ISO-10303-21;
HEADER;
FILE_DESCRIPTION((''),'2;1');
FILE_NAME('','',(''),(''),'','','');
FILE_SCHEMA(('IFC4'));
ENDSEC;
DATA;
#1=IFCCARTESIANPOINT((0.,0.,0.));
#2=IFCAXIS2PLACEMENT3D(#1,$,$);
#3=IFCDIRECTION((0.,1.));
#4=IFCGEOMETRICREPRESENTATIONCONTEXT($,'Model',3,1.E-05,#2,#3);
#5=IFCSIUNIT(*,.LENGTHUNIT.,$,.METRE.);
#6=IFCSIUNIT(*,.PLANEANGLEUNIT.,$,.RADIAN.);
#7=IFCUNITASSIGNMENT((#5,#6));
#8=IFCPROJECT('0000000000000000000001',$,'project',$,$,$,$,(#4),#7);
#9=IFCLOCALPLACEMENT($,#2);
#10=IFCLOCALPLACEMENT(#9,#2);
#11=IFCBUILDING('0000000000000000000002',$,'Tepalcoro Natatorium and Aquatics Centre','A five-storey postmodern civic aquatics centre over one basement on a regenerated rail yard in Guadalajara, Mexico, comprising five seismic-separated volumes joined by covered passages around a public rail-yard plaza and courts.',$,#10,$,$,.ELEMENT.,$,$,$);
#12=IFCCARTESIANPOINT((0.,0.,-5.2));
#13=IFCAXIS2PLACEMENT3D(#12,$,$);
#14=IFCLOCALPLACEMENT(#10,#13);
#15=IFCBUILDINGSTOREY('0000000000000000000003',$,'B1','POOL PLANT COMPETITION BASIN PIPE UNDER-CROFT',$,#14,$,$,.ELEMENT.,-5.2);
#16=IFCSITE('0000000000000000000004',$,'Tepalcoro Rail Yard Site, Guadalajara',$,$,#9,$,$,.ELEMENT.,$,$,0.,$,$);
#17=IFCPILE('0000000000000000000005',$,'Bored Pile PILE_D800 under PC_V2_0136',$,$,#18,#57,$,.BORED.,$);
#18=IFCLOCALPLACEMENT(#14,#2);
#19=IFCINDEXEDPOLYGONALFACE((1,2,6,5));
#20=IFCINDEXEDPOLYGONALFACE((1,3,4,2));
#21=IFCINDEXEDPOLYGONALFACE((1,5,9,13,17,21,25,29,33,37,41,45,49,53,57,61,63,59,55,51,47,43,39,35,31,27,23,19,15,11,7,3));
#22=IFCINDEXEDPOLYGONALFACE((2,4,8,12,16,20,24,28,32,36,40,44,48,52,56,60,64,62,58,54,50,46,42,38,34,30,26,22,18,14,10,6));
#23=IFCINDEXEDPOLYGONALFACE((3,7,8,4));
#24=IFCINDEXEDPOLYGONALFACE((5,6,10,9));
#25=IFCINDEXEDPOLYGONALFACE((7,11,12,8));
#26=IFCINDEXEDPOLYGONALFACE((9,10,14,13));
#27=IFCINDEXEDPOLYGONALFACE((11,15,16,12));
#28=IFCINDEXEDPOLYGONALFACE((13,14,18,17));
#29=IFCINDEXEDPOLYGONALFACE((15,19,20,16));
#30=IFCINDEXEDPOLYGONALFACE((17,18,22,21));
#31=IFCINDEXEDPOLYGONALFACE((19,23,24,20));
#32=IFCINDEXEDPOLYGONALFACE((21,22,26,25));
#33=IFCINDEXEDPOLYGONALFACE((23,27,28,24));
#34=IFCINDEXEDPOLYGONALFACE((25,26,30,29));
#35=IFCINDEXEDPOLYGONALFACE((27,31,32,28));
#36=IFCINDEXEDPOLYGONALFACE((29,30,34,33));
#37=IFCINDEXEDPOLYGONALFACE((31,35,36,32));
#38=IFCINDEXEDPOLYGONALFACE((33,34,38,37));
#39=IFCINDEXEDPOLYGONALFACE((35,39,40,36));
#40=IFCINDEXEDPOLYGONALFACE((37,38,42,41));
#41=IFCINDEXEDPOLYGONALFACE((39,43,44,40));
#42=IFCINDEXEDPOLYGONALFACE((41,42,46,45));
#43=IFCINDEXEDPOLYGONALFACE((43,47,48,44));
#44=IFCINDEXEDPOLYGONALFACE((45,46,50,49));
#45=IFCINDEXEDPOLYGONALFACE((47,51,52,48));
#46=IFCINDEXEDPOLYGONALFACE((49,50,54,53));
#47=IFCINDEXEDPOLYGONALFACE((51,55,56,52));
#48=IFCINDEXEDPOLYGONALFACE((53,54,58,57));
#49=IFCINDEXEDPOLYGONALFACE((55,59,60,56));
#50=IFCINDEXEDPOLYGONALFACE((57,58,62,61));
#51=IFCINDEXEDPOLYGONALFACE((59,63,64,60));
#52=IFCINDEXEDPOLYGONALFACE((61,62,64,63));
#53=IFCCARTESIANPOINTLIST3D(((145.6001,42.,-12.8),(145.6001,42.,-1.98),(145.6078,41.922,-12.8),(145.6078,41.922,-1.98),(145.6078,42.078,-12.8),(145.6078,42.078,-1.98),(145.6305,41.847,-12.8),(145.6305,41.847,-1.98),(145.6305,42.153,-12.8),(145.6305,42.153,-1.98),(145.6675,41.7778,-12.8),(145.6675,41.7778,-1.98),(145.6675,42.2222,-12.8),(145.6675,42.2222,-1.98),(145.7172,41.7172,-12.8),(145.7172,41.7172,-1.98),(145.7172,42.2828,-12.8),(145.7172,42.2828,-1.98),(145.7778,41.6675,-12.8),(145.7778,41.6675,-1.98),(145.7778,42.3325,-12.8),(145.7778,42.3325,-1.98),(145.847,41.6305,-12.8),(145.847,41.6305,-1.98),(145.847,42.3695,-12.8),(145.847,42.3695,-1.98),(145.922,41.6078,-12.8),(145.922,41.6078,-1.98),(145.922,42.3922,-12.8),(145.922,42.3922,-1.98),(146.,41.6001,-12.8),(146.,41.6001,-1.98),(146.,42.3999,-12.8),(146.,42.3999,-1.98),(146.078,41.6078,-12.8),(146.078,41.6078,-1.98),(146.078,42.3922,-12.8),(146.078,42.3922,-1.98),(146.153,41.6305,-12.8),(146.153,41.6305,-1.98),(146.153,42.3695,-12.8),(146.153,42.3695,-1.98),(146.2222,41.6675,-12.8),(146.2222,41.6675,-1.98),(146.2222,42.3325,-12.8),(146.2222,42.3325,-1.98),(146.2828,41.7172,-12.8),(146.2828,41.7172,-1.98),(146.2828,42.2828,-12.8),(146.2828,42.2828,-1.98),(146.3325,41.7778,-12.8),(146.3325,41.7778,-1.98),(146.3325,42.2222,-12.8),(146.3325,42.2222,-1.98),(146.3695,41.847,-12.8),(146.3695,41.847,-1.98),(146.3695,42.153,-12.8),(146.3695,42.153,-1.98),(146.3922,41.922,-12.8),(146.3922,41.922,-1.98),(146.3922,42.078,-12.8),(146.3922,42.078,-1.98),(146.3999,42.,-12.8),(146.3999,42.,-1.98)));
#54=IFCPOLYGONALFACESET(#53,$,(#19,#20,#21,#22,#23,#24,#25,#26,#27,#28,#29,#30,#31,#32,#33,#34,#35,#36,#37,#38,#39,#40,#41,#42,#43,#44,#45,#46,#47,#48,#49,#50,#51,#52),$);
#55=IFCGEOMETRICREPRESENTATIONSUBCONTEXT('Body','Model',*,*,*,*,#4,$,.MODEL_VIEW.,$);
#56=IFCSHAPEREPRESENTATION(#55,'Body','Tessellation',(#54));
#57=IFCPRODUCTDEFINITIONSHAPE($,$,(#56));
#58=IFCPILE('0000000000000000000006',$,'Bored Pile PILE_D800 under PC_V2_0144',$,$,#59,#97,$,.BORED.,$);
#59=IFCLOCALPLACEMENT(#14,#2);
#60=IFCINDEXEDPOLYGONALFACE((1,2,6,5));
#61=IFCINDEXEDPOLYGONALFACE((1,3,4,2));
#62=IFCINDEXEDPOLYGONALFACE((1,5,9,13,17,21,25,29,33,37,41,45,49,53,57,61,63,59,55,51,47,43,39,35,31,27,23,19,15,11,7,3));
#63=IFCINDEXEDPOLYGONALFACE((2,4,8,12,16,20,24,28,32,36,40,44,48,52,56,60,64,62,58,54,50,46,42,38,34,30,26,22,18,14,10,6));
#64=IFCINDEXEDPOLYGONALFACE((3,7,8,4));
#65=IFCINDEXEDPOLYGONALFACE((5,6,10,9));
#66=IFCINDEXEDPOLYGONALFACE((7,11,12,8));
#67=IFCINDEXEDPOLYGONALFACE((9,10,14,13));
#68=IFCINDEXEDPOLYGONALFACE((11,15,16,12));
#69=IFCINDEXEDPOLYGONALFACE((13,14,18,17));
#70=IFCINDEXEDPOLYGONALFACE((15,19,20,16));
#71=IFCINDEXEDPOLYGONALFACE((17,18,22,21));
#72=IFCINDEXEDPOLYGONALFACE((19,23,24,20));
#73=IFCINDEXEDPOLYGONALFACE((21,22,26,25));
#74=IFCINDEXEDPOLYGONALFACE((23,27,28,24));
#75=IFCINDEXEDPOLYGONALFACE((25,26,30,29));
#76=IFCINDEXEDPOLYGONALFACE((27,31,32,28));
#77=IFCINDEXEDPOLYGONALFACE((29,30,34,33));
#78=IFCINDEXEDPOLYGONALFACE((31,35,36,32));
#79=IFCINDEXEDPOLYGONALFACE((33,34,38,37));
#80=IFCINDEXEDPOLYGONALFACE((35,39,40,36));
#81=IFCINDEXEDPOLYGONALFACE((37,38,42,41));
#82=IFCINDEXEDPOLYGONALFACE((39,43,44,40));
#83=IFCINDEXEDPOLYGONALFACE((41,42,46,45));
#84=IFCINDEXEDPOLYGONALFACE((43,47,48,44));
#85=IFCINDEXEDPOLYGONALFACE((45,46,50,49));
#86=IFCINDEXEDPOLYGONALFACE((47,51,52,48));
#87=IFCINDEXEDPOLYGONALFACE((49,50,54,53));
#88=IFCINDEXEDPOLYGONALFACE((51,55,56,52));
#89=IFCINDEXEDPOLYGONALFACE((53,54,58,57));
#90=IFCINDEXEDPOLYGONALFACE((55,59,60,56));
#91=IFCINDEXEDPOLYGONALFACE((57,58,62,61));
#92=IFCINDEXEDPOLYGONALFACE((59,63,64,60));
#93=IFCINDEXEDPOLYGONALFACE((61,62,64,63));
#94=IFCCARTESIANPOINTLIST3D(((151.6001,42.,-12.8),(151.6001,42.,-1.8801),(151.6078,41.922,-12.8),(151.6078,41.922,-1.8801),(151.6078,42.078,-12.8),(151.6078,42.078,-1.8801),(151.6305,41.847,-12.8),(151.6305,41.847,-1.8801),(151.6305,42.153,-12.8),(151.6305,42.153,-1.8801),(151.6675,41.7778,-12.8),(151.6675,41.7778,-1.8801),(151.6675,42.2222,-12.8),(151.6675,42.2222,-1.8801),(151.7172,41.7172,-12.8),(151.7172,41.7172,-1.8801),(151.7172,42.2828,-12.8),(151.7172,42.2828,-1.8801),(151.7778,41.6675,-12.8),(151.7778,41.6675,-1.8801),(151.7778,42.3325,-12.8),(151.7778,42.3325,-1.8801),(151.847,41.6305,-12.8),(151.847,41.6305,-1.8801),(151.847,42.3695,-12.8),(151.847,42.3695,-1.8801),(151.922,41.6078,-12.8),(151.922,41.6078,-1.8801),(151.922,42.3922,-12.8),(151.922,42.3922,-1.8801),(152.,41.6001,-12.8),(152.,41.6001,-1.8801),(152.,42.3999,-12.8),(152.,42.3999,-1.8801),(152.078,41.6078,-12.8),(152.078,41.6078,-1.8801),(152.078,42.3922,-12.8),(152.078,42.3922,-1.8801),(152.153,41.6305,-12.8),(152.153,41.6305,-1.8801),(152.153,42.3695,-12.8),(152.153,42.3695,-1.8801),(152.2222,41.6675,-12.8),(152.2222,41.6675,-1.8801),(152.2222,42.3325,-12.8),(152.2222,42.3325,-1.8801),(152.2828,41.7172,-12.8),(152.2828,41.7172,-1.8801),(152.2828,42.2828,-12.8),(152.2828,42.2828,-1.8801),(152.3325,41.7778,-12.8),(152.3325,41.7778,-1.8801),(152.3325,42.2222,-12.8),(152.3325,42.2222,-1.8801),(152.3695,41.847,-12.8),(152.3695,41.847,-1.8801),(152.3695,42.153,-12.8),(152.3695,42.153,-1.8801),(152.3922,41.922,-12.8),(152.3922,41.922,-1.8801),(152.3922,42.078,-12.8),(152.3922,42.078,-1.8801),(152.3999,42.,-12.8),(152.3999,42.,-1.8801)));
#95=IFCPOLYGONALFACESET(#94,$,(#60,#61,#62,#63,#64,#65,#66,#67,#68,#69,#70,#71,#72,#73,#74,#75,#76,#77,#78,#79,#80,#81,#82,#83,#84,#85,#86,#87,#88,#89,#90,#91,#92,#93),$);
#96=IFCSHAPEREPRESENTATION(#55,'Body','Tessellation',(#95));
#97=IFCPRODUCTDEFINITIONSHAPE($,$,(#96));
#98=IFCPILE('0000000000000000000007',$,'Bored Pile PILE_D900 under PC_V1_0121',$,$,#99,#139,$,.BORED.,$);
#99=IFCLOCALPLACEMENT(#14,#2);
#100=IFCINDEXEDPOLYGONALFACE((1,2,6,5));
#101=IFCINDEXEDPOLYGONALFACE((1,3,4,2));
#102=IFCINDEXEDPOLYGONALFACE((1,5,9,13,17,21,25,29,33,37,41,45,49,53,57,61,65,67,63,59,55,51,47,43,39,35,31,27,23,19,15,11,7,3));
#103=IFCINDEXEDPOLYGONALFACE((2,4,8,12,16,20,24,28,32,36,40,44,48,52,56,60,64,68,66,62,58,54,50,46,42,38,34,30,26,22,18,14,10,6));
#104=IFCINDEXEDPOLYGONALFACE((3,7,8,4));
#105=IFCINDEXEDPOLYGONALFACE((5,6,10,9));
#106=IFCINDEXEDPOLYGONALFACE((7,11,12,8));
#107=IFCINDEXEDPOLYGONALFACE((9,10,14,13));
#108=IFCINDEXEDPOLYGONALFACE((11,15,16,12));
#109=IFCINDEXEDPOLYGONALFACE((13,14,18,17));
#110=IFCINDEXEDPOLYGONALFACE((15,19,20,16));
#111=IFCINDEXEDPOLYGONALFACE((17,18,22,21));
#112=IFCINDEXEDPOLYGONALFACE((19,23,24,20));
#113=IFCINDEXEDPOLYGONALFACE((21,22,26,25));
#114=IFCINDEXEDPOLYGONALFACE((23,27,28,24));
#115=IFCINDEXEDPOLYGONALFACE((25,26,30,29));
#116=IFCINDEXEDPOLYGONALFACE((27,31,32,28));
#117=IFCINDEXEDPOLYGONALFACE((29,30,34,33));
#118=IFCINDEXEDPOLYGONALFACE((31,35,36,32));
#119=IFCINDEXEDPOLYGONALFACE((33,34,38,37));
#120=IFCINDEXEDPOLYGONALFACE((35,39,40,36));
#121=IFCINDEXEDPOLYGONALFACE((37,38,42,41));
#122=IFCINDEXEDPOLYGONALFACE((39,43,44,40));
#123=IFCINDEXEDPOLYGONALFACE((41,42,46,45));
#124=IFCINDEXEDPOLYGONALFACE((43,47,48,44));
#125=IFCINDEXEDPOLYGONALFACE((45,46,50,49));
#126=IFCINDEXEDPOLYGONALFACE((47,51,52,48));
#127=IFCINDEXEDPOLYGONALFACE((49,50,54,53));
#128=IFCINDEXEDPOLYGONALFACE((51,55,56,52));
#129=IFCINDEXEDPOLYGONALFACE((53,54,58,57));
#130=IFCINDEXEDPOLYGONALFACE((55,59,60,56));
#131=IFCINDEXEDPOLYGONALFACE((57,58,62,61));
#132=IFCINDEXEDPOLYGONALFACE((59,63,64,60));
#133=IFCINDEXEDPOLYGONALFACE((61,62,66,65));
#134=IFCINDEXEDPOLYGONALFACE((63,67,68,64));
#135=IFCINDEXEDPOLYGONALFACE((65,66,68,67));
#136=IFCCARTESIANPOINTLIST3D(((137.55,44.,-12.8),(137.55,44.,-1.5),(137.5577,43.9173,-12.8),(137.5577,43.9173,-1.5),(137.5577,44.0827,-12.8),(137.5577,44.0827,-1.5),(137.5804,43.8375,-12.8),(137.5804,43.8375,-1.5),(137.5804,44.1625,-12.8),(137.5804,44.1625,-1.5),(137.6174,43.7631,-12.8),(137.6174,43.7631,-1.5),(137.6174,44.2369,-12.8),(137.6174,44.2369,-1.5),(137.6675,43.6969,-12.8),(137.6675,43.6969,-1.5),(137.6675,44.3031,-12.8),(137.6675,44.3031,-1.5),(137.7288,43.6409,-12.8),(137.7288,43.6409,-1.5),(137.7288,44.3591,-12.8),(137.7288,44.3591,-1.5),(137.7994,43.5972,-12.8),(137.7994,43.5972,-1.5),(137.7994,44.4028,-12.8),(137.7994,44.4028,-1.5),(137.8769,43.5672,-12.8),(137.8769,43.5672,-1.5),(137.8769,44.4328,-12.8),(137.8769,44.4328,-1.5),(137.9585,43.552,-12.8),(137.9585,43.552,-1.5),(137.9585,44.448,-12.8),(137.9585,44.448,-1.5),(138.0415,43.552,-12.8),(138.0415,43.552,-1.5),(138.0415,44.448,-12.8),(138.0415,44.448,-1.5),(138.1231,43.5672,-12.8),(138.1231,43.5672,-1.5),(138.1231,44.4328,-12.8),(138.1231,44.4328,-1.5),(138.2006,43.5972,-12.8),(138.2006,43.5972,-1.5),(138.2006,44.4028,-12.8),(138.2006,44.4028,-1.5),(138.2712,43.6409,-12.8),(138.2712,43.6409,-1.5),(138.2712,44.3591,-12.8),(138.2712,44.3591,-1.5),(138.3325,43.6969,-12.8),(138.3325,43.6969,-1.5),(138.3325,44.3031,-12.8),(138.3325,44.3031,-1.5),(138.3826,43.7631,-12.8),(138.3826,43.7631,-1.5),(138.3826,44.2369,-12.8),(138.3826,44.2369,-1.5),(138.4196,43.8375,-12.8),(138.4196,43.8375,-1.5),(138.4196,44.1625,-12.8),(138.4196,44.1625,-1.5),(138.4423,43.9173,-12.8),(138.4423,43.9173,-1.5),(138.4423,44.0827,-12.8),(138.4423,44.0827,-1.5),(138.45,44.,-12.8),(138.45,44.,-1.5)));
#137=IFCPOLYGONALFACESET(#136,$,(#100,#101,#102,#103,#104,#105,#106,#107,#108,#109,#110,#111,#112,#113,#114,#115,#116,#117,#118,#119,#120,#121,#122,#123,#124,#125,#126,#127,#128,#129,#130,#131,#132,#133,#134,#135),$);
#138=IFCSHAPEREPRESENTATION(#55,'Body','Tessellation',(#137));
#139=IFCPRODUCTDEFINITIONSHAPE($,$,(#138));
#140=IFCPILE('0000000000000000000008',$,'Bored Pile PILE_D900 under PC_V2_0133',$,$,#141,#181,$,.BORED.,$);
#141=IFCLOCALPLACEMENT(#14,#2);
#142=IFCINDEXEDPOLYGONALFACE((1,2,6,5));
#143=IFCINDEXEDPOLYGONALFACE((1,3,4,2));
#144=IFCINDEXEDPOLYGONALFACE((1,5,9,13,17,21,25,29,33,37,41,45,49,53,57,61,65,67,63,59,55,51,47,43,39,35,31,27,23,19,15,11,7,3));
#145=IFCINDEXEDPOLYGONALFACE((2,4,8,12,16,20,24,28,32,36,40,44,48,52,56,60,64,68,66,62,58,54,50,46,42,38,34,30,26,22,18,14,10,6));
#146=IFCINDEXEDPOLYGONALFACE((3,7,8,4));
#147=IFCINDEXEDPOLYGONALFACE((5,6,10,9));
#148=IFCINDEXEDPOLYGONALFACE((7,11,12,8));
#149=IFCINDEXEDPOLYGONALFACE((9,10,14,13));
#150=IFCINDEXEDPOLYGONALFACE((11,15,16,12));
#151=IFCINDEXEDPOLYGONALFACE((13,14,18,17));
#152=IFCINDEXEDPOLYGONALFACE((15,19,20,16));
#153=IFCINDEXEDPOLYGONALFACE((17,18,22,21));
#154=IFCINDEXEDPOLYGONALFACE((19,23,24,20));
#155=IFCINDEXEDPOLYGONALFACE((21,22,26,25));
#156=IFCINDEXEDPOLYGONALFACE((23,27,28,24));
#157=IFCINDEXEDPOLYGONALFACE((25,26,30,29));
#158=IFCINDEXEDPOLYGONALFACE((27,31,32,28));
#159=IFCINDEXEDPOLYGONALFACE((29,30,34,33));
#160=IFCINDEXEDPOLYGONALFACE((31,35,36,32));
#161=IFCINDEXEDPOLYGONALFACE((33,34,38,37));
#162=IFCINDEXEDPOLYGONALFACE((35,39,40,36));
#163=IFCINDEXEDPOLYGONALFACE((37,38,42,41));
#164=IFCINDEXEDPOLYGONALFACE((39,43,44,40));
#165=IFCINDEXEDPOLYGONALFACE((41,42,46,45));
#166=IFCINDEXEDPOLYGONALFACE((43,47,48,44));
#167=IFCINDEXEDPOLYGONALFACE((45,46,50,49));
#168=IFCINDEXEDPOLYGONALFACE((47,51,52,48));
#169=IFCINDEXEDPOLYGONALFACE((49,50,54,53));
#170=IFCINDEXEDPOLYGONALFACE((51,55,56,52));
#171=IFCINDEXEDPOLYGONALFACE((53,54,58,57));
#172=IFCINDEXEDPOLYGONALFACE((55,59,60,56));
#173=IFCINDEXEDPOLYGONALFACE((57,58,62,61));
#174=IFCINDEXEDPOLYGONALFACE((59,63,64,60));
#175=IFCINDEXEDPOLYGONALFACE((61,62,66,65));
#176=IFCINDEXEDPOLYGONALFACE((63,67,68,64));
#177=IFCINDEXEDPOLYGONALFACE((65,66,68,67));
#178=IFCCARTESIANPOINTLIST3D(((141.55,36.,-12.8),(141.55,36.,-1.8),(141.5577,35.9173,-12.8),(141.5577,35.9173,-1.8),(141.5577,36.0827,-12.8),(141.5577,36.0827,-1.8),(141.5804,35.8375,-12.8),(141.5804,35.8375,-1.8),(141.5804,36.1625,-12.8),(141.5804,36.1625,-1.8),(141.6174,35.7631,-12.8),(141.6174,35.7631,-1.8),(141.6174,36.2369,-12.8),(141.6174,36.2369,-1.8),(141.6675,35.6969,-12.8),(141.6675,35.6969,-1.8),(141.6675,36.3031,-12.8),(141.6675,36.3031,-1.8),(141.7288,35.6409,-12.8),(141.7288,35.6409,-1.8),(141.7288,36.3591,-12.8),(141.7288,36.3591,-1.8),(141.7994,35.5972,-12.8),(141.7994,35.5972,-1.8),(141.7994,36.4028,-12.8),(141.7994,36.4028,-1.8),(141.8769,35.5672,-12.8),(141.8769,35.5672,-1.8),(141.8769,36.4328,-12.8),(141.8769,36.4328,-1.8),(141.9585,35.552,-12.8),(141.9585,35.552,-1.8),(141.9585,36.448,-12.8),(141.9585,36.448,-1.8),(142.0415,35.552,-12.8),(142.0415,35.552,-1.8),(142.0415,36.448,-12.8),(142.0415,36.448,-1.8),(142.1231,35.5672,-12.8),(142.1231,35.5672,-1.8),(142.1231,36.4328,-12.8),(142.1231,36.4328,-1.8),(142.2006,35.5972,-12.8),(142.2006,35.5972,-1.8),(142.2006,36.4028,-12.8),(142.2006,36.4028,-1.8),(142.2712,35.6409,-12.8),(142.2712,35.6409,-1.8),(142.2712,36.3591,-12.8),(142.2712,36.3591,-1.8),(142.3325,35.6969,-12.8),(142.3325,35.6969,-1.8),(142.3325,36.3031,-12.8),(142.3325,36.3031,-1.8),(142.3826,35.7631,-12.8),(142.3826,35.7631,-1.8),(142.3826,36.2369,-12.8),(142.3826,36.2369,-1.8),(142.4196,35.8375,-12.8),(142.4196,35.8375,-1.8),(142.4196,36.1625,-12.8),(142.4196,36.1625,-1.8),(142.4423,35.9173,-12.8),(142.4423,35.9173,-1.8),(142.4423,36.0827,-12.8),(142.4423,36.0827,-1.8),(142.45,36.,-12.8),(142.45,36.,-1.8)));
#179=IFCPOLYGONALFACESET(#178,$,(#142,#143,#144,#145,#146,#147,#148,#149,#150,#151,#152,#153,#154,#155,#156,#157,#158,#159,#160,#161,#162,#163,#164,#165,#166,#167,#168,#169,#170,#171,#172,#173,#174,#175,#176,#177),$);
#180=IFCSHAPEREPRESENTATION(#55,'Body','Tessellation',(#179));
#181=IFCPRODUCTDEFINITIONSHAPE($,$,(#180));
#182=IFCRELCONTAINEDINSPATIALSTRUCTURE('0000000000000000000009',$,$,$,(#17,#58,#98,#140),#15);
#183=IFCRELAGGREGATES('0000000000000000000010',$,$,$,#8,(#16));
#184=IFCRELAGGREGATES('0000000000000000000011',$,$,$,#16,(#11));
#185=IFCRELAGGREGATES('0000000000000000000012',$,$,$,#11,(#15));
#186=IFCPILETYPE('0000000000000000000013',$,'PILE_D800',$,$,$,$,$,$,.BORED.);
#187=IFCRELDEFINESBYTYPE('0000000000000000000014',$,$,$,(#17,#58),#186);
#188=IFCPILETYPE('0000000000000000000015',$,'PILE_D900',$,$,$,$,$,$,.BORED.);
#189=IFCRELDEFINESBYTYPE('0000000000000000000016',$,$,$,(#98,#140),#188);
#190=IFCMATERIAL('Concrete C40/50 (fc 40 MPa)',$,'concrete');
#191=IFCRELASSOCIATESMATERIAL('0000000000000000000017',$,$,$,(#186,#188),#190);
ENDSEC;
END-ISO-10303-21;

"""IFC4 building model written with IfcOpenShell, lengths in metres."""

from ifc_helpers import new_model, si_unit, direction, frame, origin, origin_2d, place, context, subcontext, project, spatial, circle, extrude, material, material_profile, profile_set, type_object, element, save


model = new_model("IFC4")

# Units and contexts
model_context = context("Model", 3, precision=1e-05, world=origin(), true_north=direction((0.0, 1.0)))
body_context = subcontext(model_context, "Body", "Model", "MODEL_VIEW")
ifc_project = project(units=[si_unit("LENGTHUNIT", "METRE"), si_unit("PLANEANGLEUNIT", "RADIAN")], contexts=[model_context])

# Site, building, storey
site_placement = place(None, origin())
site = spatial("IfcSite", under=ifc_project, at=site_placement, Name="Tepalcoro Rail Yard Site, Guadalajara", CompositionType="ELEMENT", RefElevation=0.0)
building_placement = place(site_placement, origin())
building = spatial("IfcBuilding", under=site, at=building_placement, Name="Tepalcoro Natatorium and Aquatics Centre", Description="A five-storey postmodern civic aquatics centre over one basement on a regenerated rail yard in Guadalajara, Mexico, comprising five seismic-separated volumes joined by covered passages around a public rail-yard plaza and courts.", CompositionType="ELEMENT")
storey_placement = place(building_placement, frame((0.0, 0.0, -5.2)))
storey = spatial("IfcBuildingStorey", under=building, at=storey_placement, Name="B1", Description="POOL PLANT COMPETITION BASIN PIPE UNDER-CROFT", CompositionType="ELEMENT", Elevation=-5.2)

# Piles
ifc_material_1 = material(Name="Concrete C40/50 (fc 40 MPa)", Category="concrete")
ifc_material_profile_1 = material_profile(ifc_material_1, circle(Radius=0.3999, at=origin_2d()), Name="PILE_D800")
ifc_profile_set_1 = profile_set([ifc_material_profile_1], Name="Concrete C40/50 (fc 40 MPa)")
pile_type_1 = type_object("IfcPileType", Name="PILE_D800", PredefinedType="BORED", material=ifc_profile_set_1)
pile_1_placement = place(storey_placement, frame((146.0, 42.0, -1.98), z_axis=(0.0, 0.0, -1.0), x_axis=(1.0, 0.0, 0.0)))
element("IfcPile", 1, at=pile_1_placement, inside=storey, type_object=pile_type_1, Name="Bored Pile PILE_D800 under PC_V2_0136", PredefinedType="BORED", context=body_context, shape_type="SweptSolid", body=[
    extrude(circle(Radius=0.3999, at=origin_2d()), origin(), (0.0, 0.0, 1.0), 10.8201),
])
pile_2_placement = place(storey_placement, frame((152.0, 42.0, -1.8801), z_axis=(0.0, 0.0, -1.0), x_axis=(1.0, 0.0, 0.0)))
element("IfcPile", 2, at=pile_2_placement, inside=storey, type_object=pile_type_1, Name="Bored Pile PILE_D800 under PC_V2_0144", PredefinedType="BORED", context=body_context, shape_type="SweptSolid", body=[
    extrude(circle(Radius=0.3999, at=origin_2d()), origin(), (0.0, 0.0, 1.0), 10.9199),
])
ifc_material_profile_2 = material_profile(ifc_material_1, circle(Radius=0.45, at=origin_2d()), Name="PILE_D900")
ifc_profile_set_2 = profile_set([ifc_material_profile_2], Name="Concrete C40/50 (fc 40 MPa)")
pile_type_2 = type_object("IfcPileType", Name="PILE_D900", PredefinedType="BORED", material=ifc_profile_set_2)
pile_3_placement = place(storey_placement, frame((138.0, 44.0, -1.5), z_axis=(0.0, 0.0, -1.0), x_axis=(1.0, 0.0, 0.0)))
element("IfcPile", 3, at=pile_3_placement, inside=storey, type_object=pile_type_2, Name="Bored Pile PILE_D900 under PC_V1_0121", PredefinedType="BORED", context=body_context, shape_type="SweptSolid", body=[
    extrude(circle(Radius=0.45, at=origin_2d()), origin(), (0.0, 0.0, 1.0), 11.3),
])
pile_4_placement = place(storey_placement, frame((142.0, 36.0, -1.8), z_axis=(0.0, 0.0, -1.0), x_axis=(1.0, 0.0, 0.0)))
element("IfcPile", 4, at=pile_4_placement, inside=storey, type_object=pile_type_2, Name="Bored Pile PILE_D900 under PC_V2_0133", PredefinedType="BORED", context=body_context, shape_type="SweptSolid", body=[
    extrude(circle(Radius=0.45, at=origin_2d()), origin(), (0.0, 0.0, 1.0), 11.0),
])

save(model, "model.ifc")
